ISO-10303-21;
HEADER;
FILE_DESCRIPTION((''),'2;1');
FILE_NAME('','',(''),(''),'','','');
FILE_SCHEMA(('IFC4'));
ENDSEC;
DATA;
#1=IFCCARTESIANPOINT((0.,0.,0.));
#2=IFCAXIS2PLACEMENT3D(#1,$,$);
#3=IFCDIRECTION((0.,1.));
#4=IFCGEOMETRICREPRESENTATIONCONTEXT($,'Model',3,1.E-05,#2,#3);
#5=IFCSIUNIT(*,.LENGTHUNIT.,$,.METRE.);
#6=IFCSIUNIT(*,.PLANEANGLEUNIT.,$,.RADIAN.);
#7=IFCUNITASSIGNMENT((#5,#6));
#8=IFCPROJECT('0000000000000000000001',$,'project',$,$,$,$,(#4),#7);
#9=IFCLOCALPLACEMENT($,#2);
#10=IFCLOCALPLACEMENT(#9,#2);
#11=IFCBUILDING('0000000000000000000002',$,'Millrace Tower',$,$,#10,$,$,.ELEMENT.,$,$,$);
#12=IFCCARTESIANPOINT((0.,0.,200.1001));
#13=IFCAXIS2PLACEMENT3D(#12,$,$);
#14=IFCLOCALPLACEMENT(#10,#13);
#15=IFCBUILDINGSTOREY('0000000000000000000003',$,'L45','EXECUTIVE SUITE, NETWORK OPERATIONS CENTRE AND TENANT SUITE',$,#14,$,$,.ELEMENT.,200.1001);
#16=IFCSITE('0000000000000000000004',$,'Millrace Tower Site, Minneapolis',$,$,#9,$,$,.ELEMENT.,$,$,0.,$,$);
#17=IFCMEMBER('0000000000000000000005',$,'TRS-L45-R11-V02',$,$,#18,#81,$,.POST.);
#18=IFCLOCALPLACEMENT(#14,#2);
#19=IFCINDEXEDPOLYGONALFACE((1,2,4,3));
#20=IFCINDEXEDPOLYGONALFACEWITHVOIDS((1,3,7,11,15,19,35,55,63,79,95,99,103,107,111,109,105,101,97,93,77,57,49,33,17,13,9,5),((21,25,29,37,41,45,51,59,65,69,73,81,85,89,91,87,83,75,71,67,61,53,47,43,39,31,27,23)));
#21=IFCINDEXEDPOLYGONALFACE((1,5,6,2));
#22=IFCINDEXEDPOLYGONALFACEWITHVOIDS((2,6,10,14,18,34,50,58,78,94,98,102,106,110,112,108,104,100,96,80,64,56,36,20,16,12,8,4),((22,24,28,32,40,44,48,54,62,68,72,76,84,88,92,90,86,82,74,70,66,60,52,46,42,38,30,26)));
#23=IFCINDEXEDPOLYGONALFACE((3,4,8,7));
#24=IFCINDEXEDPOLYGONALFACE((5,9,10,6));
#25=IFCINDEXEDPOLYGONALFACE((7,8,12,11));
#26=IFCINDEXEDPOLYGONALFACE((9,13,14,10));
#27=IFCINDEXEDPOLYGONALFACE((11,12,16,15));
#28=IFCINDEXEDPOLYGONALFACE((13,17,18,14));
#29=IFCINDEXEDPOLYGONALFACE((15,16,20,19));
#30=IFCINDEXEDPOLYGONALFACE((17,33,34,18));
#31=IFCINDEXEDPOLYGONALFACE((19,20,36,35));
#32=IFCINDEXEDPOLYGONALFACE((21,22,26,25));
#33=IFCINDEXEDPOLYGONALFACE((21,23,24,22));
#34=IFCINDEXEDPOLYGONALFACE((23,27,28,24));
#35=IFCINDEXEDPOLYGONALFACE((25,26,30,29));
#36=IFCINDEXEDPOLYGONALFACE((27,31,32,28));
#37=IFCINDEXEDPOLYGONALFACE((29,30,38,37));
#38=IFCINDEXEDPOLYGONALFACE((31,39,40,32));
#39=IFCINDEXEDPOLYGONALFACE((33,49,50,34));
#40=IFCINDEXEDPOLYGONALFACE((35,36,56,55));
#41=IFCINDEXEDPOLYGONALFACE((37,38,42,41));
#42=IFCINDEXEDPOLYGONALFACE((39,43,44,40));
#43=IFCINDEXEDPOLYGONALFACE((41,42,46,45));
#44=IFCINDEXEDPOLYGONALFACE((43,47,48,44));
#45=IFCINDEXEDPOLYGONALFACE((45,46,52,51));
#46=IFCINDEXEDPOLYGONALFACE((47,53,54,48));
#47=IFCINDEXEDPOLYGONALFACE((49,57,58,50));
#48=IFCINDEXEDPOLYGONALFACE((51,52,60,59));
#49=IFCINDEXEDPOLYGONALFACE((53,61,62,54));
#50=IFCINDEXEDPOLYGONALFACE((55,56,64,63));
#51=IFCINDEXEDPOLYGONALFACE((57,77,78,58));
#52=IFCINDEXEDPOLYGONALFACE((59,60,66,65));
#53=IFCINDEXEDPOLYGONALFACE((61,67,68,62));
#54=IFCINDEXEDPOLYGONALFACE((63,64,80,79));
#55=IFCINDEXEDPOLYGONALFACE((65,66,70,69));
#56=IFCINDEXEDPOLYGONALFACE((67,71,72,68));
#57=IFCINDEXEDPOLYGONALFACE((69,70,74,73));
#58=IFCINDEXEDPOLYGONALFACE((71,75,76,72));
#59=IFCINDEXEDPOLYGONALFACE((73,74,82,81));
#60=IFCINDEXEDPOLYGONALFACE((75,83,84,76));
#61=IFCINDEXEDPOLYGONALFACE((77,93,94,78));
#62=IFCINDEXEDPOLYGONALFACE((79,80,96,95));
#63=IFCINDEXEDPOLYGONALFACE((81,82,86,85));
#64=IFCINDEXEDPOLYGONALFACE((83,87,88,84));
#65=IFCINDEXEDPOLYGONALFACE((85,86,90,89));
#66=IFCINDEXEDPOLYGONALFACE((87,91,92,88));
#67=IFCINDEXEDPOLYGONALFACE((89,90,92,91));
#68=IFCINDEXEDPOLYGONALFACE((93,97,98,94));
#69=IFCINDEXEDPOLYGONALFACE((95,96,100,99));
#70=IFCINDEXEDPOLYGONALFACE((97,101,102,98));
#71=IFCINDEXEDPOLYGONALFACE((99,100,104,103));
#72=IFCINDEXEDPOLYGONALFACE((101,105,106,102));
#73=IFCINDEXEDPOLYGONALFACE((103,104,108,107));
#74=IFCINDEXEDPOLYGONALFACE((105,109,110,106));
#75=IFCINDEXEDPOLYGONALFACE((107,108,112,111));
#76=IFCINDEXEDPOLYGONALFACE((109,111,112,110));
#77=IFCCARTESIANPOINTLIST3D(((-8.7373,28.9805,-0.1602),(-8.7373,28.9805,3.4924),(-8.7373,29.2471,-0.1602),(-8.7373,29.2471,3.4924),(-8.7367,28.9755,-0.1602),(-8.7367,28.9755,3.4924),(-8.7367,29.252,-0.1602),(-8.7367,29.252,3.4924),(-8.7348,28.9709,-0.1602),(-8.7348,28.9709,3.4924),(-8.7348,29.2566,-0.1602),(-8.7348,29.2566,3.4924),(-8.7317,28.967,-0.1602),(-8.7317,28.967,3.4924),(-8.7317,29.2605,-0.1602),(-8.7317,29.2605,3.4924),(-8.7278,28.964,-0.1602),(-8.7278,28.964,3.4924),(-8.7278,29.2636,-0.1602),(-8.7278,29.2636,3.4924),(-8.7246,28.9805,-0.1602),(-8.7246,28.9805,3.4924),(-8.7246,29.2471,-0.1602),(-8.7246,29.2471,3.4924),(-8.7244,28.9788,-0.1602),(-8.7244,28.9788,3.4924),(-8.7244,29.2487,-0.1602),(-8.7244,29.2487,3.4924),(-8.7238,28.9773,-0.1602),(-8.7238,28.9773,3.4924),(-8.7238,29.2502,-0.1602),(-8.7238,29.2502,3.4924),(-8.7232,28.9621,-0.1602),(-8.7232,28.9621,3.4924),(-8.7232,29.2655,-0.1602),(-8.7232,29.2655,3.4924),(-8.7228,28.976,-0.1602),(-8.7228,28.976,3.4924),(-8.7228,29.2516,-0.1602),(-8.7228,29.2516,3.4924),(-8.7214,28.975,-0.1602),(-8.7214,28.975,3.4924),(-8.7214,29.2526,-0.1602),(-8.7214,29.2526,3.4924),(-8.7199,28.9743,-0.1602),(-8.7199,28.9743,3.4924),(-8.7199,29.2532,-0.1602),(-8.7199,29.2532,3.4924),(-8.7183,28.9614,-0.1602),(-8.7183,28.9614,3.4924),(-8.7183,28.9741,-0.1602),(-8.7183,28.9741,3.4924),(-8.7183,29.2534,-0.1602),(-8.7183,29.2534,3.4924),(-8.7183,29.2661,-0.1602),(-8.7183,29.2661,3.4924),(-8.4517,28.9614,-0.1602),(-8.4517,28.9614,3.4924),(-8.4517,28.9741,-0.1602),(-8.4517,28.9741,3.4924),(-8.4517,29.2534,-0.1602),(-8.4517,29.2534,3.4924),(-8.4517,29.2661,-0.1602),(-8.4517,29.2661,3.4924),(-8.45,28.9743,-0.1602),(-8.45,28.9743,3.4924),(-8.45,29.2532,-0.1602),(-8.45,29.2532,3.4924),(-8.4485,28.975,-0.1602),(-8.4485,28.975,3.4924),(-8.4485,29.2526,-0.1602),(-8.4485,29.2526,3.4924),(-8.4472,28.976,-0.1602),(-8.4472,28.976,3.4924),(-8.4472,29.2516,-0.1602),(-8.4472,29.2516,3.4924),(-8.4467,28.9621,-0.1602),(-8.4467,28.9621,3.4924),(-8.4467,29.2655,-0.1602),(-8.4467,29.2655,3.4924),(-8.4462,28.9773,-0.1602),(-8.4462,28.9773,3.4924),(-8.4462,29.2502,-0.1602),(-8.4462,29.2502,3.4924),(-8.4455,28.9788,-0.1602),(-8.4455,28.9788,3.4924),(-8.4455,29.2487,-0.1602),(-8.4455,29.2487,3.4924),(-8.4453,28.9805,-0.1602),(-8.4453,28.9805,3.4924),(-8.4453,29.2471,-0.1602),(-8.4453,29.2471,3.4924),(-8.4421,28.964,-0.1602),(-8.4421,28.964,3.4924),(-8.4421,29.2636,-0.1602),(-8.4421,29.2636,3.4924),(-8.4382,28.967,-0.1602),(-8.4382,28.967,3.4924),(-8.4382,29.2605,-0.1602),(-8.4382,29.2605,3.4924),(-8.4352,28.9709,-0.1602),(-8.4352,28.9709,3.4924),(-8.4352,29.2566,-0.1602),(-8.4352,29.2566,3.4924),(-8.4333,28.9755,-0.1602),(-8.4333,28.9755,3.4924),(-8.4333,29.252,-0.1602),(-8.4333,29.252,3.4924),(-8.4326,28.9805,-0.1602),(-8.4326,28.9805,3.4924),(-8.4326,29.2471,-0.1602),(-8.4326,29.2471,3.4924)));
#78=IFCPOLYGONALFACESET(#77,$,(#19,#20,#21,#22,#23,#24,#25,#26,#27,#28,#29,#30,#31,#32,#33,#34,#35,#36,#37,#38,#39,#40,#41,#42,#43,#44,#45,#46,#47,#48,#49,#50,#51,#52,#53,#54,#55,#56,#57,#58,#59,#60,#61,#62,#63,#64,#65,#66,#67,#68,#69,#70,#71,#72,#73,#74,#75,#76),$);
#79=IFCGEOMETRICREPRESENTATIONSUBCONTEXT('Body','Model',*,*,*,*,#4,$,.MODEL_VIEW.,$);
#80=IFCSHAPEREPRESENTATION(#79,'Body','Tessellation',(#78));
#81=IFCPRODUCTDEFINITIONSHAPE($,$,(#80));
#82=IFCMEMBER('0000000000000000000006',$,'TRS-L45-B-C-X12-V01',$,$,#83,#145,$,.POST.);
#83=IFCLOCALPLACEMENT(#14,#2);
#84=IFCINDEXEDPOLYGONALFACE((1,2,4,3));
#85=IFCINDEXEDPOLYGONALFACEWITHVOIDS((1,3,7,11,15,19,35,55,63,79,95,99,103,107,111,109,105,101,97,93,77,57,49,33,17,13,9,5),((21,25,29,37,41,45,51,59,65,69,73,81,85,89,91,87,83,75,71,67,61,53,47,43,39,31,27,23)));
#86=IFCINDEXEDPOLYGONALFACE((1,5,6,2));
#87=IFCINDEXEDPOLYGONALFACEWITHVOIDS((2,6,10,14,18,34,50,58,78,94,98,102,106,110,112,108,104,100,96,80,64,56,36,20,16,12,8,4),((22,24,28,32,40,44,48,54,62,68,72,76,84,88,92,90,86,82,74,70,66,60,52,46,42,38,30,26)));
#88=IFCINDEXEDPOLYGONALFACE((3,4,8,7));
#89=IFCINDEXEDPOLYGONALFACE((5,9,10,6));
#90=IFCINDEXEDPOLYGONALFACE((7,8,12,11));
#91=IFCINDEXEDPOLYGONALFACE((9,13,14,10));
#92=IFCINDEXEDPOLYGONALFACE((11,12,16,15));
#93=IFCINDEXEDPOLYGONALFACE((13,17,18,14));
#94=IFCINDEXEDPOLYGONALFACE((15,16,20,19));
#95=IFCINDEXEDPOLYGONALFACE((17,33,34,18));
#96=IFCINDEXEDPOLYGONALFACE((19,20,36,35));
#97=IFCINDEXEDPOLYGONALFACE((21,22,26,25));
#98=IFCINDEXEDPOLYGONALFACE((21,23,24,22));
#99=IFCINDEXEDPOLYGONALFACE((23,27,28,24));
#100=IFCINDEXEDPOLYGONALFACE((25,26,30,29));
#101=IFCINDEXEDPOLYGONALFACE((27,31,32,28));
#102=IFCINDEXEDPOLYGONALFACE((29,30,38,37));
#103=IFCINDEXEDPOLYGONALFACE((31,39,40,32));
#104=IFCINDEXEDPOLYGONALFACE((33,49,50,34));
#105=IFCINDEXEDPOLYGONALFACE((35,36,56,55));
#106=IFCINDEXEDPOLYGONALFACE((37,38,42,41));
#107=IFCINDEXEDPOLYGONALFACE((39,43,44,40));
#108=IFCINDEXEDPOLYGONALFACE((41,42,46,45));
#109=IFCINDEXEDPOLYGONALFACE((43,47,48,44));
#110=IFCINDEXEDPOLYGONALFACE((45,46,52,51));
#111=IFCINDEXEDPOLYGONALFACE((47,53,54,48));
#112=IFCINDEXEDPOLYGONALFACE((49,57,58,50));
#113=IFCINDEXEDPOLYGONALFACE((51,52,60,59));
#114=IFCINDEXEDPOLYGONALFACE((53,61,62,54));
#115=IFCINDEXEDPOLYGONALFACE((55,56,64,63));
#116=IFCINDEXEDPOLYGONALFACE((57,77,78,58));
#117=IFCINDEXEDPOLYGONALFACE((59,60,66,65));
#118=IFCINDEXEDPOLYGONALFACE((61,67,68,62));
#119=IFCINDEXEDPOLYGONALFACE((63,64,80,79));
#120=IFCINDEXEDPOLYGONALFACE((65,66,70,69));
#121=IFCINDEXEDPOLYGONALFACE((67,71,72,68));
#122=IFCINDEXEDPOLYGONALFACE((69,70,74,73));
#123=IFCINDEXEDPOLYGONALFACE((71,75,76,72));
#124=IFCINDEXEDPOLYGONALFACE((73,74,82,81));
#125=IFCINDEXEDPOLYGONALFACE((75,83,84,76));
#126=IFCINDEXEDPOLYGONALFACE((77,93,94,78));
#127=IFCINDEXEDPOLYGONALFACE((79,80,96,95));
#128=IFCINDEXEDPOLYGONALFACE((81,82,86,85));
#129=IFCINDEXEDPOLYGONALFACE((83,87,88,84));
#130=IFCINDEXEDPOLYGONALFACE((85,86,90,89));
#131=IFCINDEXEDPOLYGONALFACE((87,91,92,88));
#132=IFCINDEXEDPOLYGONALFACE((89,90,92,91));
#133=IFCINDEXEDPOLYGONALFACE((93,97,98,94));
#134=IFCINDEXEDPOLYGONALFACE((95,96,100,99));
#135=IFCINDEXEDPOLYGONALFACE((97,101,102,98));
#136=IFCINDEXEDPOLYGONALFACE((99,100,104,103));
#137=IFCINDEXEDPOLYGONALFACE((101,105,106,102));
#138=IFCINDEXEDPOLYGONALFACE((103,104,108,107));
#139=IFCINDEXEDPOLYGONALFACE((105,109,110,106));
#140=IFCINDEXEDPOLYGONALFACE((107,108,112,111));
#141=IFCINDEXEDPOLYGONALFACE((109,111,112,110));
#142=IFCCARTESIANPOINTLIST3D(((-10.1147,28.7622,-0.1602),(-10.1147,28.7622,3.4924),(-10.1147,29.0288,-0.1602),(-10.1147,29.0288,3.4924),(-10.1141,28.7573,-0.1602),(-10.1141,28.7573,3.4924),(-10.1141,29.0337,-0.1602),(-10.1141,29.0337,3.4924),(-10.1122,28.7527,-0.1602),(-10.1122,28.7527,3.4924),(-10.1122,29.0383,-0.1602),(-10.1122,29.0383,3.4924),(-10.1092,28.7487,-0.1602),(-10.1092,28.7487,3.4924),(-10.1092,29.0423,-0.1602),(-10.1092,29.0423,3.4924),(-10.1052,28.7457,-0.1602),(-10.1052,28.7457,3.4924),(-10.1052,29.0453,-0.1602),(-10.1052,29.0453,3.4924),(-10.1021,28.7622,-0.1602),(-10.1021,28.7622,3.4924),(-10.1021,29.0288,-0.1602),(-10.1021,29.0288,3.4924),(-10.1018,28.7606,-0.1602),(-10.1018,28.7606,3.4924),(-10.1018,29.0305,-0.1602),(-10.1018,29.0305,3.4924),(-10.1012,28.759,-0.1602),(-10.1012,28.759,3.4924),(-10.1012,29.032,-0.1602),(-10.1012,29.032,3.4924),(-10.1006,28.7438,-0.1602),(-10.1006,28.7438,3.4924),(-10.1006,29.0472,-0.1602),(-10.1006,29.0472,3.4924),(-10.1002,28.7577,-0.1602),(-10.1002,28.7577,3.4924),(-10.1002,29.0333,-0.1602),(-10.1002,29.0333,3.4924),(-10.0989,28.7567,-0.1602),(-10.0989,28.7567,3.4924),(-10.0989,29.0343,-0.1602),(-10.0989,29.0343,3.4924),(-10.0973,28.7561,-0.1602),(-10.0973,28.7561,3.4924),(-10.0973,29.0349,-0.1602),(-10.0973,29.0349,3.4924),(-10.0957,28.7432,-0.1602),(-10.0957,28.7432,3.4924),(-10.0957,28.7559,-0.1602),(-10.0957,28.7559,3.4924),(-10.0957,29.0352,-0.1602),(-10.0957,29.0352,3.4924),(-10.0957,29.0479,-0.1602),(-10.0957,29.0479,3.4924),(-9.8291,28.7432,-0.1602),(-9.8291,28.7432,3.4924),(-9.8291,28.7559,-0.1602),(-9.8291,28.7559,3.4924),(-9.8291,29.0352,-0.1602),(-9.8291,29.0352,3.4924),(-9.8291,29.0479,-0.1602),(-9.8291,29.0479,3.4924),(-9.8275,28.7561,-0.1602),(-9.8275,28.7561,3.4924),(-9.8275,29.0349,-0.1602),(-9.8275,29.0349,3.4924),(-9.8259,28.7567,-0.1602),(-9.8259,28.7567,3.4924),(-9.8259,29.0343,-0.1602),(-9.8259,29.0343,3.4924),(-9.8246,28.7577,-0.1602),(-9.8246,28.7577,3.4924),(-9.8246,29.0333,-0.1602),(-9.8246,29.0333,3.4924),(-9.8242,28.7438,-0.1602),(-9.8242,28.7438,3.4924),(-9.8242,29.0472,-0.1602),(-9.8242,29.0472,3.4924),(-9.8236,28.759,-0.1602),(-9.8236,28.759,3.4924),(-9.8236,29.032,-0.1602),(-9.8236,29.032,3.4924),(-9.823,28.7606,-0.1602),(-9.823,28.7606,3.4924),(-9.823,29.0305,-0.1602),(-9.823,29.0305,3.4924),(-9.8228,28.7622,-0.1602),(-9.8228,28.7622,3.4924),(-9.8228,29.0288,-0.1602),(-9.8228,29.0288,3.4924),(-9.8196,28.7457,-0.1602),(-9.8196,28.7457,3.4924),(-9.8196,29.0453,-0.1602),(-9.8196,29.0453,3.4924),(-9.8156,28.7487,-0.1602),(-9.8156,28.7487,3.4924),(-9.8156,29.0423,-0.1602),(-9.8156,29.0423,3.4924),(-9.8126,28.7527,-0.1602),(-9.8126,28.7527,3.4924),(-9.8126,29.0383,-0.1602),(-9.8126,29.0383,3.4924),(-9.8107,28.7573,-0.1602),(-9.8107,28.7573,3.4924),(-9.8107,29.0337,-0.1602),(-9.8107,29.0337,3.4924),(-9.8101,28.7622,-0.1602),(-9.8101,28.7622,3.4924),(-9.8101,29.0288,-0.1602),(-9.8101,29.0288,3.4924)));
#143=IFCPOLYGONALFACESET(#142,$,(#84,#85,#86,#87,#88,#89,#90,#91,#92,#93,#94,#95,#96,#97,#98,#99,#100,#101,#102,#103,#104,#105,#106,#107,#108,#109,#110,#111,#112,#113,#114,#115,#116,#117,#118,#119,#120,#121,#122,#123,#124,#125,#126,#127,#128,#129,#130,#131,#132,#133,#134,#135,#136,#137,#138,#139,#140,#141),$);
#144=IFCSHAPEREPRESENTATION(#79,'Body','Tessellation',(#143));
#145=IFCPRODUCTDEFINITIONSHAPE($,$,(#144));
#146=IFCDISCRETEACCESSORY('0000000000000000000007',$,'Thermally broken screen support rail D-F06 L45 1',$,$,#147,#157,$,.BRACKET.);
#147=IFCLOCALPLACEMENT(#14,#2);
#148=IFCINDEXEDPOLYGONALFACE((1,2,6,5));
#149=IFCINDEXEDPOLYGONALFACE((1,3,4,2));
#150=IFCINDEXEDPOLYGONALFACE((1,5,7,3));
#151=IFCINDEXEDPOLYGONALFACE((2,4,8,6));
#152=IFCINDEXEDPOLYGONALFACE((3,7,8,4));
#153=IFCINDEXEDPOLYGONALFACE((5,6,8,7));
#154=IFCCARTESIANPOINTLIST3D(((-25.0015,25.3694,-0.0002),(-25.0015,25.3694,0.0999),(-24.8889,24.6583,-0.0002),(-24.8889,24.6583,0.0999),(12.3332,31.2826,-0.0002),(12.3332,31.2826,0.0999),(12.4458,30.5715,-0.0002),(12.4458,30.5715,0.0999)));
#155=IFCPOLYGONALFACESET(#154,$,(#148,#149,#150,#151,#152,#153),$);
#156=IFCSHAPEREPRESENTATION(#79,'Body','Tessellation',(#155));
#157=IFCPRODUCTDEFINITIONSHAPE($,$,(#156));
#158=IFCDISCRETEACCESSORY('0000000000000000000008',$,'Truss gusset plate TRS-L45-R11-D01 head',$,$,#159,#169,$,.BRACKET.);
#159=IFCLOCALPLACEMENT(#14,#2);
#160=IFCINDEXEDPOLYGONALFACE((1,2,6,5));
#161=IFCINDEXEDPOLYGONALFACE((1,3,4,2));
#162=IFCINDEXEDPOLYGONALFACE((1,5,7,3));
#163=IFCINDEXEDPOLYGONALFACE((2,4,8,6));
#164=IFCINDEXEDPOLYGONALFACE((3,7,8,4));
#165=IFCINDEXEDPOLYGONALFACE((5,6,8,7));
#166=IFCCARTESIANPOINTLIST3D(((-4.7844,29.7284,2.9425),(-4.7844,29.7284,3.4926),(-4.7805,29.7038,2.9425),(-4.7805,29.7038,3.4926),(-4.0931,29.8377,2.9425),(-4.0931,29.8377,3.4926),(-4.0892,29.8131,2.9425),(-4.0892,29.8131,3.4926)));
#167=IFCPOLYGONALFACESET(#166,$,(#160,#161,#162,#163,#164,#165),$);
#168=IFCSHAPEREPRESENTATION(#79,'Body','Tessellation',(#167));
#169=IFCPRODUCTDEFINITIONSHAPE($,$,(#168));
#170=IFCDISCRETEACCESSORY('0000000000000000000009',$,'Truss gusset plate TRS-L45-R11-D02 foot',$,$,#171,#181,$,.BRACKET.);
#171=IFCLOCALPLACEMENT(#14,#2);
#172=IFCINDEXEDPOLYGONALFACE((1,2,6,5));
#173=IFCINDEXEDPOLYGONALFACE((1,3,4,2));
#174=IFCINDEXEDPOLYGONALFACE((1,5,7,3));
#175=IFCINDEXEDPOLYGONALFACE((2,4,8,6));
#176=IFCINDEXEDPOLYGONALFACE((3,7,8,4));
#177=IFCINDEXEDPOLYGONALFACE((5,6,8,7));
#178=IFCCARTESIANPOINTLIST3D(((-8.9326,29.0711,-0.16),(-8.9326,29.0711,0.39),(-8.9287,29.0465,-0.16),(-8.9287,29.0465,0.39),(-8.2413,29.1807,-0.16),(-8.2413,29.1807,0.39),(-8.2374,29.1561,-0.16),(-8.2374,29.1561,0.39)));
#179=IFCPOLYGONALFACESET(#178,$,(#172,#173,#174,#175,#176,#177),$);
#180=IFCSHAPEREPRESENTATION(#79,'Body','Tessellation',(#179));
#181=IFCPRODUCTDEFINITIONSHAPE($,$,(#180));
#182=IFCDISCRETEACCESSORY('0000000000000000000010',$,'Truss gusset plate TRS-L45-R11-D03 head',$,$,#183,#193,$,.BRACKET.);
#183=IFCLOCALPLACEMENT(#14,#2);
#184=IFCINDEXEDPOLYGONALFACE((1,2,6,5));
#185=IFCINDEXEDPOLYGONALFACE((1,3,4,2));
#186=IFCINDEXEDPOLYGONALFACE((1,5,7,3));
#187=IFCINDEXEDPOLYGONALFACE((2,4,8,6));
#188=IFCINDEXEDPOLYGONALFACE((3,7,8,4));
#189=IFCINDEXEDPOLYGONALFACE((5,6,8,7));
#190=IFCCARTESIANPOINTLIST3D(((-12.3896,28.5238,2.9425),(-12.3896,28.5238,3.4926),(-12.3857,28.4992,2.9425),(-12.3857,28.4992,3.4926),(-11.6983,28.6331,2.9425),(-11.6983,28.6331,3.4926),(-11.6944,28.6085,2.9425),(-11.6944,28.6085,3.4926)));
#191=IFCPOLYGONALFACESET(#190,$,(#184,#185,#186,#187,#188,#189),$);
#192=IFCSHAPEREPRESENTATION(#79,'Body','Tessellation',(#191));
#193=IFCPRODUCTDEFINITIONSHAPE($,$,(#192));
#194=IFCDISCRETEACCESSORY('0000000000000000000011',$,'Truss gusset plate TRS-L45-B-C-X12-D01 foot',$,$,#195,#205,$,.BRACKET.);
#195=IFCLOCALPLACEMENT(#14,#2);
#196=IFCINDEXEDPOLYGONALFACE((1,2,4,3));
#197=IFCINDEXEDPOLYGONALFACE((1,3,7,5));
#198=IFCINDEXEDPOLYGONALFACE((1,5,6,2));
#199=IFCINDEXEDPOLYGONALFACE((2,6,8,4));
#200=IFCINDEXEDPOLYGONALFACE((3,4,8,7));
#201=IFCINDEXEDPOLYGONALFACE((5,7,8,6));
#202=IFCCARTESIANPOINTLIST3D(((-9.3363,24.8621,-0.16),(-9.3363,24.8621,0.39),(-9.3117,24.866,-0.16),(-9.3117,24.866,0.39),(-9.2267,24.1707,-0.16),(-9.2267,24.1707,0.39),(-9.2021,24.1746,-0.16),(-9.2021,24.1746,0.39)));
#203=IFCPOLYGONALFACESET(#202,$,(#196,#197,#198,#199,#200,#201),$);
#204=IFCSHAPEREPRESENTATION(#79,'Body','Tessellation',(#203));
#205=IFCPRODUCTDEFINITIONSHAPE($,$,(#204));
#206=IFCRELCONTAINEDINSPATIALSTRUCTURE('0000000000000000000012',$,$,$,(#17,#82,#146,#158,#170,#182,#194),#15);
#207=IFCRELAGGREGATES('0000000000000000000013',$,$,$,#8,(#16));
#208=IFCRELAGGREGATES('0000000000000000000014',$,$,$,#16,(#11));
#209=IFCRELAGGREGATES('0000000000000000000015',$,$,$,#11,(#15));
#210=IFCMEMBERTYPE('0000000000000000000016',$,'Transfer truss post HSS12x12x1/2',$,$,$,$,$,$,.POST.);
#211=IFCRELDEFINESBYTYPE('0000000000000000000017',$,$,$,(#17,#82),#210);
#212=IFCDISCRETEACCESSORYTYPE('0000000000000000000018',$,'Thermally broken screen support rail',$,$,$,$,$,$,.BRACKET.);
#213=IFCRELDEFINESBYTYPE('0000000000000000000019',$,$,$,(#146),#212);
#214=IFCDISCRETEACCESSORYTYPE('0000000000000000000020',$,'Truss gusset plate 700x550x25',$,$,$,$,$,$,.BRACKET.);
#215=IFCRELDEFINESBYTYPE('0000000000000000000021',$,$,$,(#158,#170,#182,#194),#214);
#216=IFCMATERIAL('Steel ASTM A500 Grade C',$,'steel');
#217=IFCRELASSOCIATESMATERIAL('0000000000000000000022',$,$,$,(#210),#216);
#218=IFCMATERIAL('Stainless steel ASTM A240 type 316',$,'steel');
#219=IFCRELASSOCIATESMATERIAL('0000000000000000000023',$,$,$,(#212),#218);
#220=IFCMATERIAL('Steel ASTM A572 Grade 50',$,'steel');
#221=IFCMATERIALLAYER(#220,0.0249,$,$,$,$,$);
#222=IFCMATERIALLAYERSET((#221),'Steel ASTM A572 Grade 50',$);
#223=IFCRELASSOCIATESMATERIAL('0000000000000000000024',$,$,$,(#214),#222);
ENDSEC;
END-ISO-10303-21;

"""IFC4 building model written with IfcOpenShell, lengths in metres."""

from ifc_helpers import new_model, si_unit, direction, frame, origin, origin_2d, place, context, subcontext, project, spatial, rectangle, hollow_rectangle, extrude, material, layer, layer_set, material_profile, profile_set, type_object, element, save


model = new_model("IFC4")

# Units and contexts
model_context = context("Model", 3, precision=1e-05, world=origin(), true_north=direction((0.0, 1.0)))
body_context = subcontext(model_context, "Body", "Model", "MODEL_VIEW")
ifc_project = project(units=[si_unit("LENGTHUNIT", "METRE"), si_unit("PLANEANGLEUNIT", "RADIAN")], contexts=[model_context])

# Site, building, storey
site_placement = place(None, origin())
site = spatial("IfcSite", under=ifc_project, at=site_placement, Name="Millrace Tower Site, Minneapolis", CompositionType="ELEMENT", RefElevation=0.0)
building_placement = place(site_placement, origin())
building = spatial("IfcBuilding", under=site, at=building_placement, Name="Millrace Tower", CompositionType="ELEMENT")
storey_placement = place(building_placement, frame((0.0, 0.0, 200.1001)))
storey = spatial("IfcBuildingStorey", under=building, at=storey_placement, Name="L45", Description="EXECUTIVE SUITE, NETWORK OPERATIONS CENTRE AND TENANT SUITE", CompositionType="ELEMENT", Elevation=200.1001)

# Members
ifc_material_1 = material(Name="Steel ASTM A500 Grade C", Category="steel")
ifc_material_profile_1 = material_profile(ifc_material_1, hollow_rectangle(XDim=0.3047, YDim=0.3047, WallThickness=0.0127, InnerFilletRadius=0.0063, OuterFilletRadius=0.019, at=origin_2d()))
ifc_profile_set_1 = profile_set([ifc_material_profile_1], Name="Steel ASTM A500 Grade C")
member_type_1 = type_object("IfcMemberType", Name="Transfer truss post HSS12x12x1/2", PredefinedType="POST", material=ifc_profile_set_1)
for number, where, z_axis, x_axis, name in (
    (1, (-8.585, 29.1138, -0.1602), (0.0, 0.0, 1.0), (1.0, 0.0, 0.0), "TRS-L45-R11-V02"),
    (2, (-9.9624, 28.8955, -0.1602), (0.0, 0.0, 1.0), (1.0, 0.0, 0.0), "TRS-L45-B-C-X12-V01"),
):
    element("IfcMember", number, at=place(storey_placement, frame(where, z_axis=z_axis, x_axis=x_axis)), inside=storey, type_object=member_type_1, Name=name, PredefinedType="POST", context=body_context, shape_type="SweptSolid", body=[
        extrude(hollow_rectangle(XDim=0.3047, YDim=0.3047, WallThickness=0.0127, InnerFilletRadius=0.0063, OuterFilletRadius=0.019, at=origin_2d()), origin(), (0.0, 0.0, 1.0), 3.6526),
    ])

# Discrete accessories
ifc_material_2 = material(Name="Stainless steel ASTM A240 type 316", Category="steel")
discrete_accessory_type_1 = type_object("IfcDiscreteAccessoryType", Name="Thermally broken screen support rail", PredefinedType="BRACKET", material=ifc_material_2)
discrete_accessory_placement = place(storey_placement, frame((-6.2778, 27.9705, -0.0002), z_axis=(0.0, 0.0, 1.0), x_axis=(-0.987688, -0.156434, 0.0)))
element("IfcDiscreteAccessory", 3, at=discrete_accessory_placement, inside=storey, type_object=discrete_accessory_type_1, Name="Thermally broken screen support rail D-F06 L45 1", PredefinedType="BRACKET", context=body_context, shape_type="SweptSolid", body=[
    extrude(rectangle(XDim=37.8, YDim=0.72, at=origin_2d()), origin(), (0.0, 0.0, 1.0), 0.1001),
])
ifc_material_3 = material(Name="Steel ASTM A572 Grade 50", Category="steel")
ifc_layer_1 = layer(ifc_material_3, 0.0249)
ifc_layer_set_1 = layer_set([ifc_layer_1], Name="Steel ASTM A572 Grade 50")
discrete_accessory_type_2 = type_object("IfcDiscreteAccessoryType", Name="Truss gusset plate 700x550x25", PredefinedType="BRACKET", material=ifc_layer_set_1)
for number, where, z_axis, x_axis, name in (
    (4, (-4.7825, 29.7161, 3.2175), (0.987718, 0.156249, 0.0), (-0.156249, 0.987718, 0.0), "Truss gusset plate TRS-L45-R11-D01 head"),
    (5, (-8.9307, 29.0588, 0.115), (0.987664, 0.156589, 0.0), (-0.156589, 0.987664, 0.0), "Truss gusset plate TRS-L45-R11-D02 foot"),
    (6, (-12.3877, 28.5115, 3.2175), (0.987718, 0.156249, 0.0), (-0.156249, 0.987718, 0.0), "Truss gusset plate TRS-L45-R11-D03 head"),
    (7, (-9.324, 24.864, 0.115), (0.156589, -0.987664, 0.0), (0.987664, 0.156589, 0.0), "Truss gusset plate TRS-L45-B-C-X12-D01 foot"),
):
    element("IfcDiscreteAccessory", number, at=place(storey_placement, frame(where, z_axis=z_axis, x_axis=x_axis)), inside=storey, type_object=discrete_accessory_type_2, Name=name, PredefinedType="BRACKET", context=body_context, shape_type="SweptSolid", body=[
        extrude(rectangle(XDim=0.0249, YDim=0.55, at=origin_2d()), origin(), (0.0, 0.0, 1.0), 0.7),
    ])

save(model, "model.ifc")
